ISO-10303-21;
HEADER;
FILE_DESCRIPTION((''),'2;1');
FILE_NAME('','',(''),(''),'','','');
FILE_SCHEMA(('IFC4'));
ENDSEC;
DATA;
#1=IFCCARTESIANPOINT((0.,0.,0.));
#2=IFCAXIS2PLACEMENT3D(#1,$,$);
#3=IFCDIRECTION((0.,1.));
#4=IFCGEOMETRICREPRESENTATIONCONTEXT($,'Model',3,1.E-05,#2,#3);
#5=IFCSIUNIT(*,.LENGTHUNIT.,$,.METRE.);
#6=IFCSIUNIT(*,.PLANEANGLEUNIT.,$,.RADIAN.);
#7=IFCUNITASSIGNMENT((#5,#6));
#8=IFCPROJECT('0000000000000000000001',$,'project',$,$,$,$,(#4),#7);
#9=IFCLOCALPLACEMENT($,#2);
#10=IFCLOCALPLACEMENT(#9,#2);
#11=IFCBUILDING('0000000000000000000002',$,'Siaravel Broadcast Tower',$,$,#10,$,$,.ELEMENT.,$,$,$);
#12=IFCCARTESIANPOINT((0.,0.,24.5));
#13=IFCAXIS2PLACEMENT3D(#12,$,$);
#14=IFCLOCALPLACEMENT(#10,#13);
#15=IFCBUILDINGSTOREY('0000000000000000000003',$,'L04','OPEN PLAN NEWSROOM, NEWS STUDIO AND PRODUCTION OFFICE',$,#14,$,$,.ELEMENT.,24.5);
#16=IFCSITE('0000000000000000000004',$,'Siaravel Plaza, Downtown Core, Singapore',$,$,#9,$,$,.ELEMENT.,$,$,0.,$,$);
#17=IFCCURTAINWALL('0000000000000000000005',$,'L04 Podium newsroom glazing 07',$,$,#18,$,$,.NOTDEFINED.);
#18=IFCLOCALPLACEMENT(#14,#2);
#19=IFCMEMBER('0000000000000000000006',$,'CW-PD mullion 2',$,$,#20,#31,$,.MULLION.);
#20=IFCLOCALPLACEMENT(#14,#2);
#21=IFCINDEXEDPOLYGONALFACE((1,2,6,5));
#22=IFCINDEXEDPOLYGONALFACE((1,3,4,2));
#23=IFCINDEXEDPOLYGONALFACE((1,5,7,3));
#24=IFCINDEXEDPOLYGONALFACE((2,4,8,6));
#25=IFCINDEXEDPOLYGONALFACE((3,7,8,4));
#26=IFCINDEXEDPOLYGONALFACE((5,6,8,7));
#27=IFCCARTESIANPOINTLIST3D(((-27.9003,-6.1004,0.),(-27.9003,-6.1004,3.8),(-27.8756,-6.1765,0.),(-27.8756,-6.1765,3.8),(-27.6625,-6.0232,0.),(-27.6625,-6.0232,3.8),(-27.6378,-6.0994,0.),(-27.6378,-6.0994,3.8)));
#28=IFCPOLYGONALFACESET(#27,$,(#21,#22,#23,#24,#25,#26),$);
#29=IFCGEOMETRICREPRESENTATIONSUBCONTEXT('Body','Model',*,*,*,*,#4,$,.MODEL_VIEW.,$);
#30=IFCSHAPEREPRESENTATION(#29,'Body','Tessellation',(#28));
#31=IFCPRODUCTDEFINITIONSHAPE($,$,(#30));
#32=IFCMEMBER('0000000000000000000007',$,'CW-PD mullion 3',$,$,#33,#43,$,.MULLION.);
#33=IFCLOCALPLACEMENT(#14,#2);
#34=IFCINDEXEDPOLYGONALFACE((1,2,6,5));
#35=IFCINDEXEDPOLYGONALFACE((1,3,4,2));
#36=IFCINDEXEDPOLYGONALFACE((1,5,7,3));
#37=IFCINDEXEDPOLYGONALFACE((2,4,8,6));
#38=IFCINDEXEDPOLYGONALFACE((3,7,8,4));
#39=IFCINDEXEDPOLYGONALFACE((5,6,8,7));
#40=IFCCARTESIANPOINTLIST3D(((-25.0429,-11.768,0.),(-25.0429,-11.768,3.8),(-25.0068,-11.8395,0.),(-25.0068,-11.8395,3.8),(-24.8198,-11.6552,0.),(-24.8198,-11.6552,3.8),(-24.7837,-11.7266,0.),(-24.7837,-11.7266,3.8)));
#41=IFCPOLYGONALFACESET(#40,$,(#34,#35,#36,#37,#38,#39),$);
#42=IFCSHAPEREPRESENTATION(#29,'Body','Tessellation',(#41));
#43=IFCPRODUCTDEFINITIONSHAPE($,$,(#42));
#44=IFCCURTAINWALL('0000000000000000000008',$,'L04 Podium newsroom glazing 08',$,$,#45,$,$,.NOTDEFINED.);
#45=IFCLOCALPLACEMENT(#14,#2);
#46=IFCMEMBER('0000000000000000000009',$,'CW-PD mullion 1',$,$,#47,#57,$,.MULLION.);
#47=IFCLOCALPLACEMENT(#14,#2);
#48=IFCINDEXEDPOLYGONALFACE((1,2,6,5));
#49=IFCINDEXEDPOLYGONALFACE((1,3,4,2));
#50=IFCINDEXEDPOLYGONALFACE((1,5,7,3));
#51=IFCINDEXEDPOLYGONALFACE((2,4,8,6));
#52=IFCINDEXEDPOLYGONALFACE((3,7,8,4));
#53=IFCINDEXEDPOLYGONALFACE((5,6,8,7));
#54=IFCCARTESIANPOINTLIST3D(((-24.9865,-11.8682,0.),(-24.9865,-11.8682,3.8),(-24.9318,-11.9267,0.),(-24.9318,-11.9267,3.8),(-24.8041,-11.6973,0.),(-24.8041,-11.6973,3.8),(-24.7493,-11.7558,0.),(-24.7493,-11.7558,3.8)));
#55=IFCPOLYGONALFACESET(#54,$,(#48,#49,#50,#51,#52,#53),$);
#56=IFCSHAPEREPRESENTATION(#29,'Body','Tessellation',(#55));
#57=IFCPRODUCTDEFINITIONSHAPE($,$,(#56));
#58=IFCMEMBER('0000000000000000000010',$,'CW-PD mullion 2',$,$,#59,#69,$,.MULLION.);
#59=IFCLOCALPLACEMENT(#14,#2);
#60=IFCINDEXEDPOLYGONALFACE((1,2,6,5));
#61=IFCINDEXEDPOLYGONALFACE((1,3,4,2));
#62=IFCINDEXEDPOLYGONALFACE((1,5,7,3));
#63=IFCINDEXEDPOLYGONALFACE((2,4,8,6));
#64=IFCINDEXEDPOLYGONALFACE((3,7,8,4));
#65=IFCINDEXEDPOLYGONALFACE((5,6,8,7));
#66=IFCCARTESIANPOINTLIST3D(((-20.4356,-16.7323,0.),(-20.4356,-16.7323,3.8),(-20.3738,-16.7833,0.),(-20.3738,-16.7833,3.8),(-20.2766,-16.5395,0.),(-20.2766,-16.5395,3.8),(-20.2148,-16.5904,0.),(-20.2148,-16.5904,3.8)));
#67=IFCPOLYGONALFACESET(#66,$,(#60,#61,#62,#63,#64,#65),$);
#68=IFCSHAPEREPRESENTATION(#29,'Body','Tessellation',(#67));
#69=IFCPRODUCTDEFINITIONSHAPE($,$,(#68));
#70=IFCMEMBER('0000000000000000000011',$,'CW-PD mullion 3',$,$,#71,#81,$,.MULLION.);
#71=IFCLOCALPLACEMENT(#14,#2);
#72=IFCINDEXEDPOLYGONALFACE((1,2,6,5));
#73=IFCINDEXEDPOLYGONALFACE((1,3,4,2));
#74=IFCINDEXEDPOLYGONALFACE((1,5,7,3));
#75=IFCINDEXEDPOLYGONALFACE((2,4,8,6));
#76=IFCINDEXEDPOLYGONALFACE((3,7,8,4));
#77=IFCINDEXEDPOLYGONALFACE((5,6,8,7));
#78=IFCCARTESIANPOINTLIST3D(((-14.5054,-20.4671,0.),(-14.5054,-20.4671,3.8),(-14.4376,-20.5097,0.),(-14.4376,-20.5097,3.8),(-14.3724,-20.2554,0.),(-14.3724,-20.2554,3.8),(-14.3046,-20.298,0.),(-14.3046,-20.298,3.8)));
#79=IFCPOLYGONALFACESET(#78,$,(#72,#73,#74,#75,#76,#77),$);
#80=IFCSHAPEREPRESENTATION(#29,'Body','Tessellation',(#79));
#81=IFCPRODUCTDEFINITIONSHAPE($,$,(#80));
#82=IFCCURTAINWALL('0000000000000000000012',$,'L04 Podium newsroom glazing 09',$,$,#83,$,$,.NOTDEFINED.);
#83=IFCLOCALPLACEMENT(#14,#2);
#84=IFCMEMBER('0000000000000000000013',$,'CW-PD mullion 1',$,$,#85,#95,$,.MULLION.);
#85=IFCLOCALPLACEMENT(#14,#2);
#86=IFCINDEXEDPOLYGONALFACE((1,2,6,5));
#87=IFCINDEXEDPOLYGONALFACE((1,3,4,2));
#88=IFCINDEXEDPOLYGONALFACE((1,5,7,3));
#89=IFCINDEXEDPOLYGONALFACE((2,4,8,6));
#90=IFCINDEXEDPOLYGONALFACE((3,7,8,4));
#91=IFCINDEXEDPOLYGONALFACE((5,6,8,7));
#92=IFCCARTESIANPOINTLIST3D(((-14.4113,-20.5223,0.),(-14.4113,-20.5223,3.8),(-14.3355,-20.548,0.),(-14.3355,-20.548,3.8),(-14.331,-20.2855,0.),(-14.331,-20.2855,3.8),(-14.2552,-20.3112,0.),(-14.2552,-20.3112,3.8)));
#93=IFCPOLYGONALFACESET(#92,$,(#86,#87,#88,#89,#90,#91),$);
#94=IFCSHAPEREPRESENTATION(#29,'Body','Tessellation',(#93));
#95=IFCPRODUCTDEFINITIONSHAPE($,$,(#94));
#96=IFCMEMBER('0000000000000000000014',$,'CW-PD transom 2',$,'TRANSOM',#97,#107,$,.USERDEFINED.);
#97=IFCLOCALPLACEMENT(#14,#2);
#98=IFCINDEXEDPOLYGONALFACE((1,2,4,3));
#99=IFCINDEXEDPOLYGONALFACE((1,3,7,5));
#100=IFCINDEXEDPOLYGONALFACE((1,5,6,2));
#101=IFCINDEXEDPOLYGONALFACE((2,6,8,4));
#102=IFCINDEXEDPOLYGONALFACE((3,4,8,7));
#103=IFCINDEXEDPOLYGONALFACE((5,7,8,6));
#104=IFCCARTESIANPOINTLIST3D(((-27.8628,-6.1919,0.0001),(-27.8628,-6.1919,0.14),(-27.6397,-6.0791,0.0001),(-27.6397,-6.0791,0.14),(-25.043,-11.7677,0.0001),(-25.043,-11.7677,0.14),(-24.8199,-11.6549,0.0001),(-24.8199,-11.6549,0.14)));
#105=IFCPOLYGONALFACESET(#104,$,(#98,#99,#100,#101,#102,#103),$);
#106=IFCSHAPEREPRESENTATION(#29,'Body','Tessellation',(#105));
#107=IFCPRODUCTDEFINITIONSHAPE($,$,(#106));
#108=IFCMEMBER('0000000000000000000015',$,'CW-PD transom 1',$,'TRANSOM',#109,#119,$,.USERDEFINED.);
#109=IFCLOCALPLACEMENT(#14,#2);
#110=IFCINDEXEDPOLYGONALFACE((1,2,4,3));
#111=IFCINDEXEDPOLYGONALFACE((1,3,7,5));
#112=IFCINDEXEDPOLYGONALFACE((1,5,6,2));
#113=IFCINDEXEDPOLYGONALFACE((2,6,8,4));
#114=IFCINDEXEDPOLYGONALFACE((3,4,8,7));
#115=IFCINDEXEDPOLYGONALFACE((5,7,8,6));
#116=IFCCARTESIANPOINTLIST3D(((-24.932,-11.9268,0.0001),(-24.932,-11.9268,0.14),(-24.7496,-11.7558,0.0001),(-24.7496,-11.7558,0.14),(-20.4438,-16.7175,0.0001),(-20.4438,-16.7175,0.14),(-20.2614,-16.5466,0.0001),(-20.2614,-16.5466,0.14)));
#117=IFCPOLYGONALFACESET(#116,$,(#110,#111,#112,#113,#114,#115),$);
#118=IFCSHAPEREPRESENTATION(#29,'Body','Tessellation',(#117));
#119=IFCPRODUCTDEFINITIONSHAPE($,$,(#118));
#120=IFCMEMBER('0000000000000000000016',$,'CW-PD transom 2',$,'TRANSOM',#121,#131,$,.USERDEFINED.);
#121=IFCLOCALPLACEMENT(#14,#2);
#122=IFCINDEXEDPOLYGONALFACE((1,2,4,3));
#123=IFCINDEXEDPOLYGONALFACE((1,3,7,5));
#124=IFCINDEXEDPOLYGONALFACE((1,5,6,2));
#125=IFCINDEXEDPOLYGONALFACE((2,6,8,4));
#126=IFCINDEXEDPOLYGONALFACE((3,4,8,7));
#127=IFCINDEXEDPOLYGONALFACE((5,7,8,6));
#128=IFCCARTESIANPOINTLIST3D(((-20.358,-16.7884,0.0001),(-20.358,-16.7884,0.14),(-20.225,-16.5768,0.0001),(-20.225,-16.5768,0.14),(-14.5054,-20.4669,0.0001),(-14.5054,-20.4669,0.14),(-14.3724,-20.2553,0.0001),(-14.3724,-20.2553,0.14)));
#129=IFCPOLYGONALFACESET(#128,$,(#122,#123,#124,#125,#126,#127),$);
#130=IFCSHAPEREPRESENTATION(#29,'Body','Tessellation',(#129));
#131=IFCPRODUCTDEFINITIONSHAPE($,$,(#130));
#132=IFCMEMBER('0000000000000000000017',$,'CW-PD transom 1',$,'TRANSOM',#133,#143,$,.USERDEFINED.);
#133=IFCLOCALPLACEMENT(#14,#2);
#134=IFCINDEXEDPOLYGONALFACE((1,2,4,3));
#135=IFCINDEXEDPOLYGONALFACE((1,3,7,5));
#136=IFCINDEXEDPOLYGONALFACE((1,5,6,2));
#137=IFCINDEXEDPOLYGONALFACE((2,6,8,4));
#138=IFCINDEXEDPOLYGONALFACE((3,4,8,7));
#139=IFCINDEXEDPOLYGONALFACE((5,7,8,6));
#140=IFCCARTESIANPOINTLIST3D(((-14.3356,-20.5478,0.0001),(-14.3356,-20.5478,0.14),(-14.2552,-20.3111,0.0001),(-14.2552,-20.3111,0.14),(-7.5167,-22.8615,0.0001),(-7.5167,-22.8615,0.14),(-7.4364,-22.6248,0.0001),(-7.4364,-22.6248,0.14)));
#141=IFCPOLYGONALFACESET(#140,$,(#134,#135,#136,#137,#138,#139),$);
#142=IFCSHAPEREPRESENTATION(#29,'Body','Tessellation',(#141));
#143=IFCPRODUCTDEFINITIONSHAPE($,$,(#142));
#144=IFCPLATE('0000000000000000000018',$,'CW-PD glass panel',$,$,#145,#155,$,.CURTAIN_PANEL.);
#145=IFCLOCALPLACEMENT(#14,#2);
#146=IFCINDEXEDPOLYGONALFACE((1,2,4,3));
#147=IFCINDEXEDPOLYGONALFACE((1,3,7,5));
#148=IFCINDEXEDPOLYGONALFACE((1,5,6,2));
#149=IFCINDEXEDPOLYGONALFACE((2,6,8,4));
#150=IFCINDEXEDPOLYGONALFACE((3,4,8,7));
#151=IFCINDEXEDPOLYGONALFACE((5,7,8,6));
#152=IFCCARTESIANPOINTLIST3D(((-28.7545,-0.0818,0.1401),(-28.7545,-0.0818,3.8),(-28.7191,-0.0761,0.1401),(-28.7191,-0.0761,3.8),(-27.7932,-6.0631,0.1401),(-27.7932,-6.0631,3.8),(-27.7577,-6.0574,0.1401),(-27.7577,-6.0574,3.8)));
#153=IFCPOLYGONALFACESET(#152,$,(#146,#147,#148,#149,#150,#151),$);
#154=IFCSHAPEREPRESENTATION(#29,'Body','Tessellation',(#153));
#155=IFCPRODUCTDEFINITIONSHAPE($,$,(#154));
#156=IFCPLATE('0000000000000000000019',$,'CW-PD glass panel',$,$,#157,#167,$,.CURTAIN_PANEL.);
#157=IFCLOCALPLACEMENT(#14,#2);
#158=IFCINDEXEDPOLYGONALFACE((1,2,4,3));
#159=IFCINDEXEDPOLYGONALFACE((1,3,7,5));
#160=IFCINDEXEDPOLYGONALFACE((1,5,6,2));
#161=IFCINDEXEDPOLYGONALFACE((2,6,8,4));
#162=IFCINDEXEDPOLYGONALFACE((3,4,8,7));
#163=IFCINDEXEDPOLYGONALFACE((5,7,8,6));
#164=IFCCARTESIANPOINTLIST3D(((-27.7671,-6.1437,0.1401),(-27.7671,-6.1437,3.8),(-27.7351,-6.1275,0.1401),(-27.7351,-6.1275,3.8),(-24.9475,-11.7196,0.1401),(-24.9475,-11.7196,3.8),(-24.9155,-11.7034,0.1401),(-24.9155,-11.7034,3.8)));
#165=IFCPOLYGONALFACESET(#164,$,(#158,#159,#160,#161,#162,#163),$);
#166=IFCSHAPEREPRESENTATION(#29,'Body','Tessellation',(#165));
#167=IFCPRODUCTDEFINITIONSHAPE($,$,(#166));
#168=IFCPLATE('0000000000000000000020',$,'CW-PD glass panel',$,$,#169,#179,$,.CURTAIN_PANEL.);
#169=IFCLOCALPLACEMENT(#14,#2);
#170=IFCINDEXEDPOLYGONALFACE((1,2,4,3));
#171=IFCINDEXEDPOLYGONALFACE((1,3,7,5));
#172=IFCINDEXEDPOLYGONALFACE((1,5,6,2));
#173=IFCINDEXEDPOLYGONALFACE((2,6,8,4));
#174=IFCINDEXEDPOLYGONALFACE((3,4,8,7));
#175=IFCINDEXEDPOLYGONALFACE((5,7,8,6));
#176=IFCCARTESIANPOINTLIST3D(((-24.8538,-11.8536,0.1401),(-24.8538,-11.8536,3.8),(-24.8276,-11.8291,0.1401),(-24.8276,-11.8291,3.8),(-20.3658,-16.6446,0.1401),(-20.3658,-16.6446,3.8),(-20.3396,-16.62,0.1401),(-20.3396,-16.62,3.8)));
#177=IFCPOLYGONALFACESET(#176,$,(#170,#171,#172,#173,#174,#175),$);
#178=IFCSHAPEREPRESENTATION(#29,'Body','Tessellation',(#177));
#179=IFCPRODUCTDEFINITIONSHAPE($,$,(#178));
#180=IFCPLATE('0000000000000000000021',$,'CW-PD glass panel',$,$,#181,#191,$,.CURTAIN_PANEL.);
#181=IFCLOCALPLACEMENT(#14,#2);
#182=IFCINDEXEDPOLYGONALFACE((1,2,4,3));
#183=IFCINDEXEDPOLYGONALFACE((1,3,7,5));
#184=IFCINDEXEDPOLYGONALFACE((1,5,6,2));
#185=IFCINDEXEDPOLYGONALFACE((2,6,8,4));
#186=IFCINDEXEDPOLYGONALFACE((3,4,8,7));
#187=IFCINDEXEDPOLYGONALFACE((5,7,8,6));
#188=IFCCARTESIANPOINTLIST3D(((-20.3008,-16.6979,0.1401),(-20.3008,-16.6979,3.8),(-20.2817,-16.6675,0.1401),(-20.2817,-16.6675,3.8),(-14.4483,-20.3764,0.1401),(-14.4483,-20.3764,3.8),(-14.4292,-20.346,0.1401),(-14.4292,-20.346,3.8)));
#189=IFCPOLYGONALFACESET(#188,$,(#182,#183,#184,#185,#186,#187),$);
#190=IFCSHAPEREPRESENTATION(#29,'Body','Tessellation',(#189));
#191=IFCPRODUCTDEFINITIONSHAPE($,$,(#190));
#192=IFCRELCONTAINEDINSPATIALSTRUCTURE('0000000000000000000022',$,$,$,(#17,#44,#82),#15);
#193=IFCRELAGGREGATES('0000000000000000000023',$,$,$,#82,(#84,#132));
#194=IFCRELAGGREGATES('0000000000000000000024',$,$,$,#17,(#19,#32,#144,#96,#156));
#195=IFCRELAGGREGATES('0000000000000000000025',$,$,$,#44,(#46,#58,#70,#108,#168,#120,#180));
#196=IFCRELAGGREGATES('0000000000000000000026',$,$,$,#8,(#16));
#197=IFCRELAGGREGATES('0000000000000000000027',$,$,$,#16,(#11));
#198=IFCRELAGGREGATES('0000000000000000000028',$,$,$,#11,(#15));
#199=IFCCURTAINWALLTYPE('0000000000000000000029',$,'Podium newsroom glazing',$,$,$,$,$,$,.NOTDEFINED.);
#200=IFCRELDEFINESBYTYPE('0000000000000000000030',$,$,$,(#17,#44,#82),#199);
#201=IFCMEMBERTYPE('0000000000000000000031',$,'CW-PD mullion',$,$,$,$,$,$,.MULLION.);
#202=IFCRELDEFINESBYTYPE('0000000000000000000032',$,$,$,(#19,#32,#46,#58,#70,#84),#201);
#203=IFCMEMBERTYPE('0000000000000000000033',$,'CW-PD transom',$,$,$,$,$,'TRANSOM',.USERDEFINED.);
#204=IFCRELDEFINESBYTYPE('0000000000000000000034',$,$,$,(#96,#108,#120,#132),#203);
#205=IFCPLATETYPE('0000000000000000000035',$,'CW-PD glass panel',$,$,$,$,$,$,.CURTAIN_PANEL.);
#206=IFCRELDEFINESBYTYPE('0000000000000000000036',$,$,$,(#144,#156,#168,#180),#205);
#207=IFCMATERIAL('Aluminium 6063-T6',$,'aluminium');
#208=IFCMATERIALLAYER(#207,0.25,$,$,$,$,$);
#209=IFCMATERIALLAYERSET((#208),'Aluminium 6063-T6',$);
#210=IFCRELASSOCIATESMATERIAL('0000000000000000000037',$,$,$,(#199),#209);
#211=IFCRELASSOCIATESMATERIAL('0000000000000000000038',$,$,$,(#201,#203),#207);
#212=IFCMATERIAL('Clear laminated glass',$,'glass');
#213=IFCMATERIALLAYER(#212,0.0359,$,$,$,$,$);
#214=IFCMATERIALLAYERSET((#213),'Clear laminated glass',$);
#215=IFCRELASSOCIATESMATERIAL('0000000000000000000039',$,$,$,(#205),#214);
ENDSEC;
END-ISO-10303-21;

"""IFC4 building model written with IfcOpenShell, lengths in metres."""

from ifc_helpers import new_model, si_unit, direction, frame, origin, origin_2d, place, context, subcontext, project, spatial, rectangle, extrude, material, layer, layer_set, material_profile, profile_set, type_object, element, aggregate, save


model = new_model("IFC4")

# Units and contexts
model_context = context("Model", 3, precision=1e-05, world=origin(), true_north=direction((0.0, 1.0)))
body_context = subcontext(model_context, "Body", "Model", "MODEL_VIEW")
ifc_project = project(units=[si_unit("LENGTHUNIT", "METRE"), si_unit("PLANEANGLEUNIT", "RADIAN")], contexts=[model_context])

# Site, building, storey
site_placement = place(None, origin())
site = spatial("IfcSite", under=ifc_project, at=site_placement, Name="Siaravel Plaza, Downtown Core, Singapore", CompositionType="ELEMENT", RefElevation=0.0)
building_placement = place(site_placement, origin())
building = spatial("IfcBuilding", under=site, at=building_placement, Name="Siaravel Broadcast Tower", CompositionType="ELEMENT")
storey_placement = place(building_placement, frame((0.0, 0.0, 24.5)))
storey = spatial("IfcBuildingStorey", under=building, at=storey_placement, Name="L04", Description="OPEN PLAN NEWSROOM, NEWS STUDIO AND PRODUCTION OFFICE", CompositionType="ELEMENT", Elevation=24.5)

# Curtain walls, members
ifc_material_1 = material(Name="Aluminium 6063-T6", Category="aluminium")
ifc_layer_1 = layer(ifc_material_1, 0.25)
ifc_layer_set_1 = layer_set([ifc_layer_1], Name="Aluminium 6063-T6")
curtain_wall_type = type_object("IfcCurtainWallType", Name="Podium newsroom glazing", PredefinedType="NOTDEFINED", material=ifc_layer_set_1)
curtain_wall_1_placement = place(storey_placement, origin())
curtain_wall_1 = element("IfcCurtainWall", 1, at=curtain_wall_1_placement, inside=storey, type_object=curtain_wall_type, Name="L04 Podium newsroom glazing 07", PredefinedType="NOTDEFINED")
ifc_material_profile_1 = material_profile(ifc_material_1, rectangle(XDim=0.25, YDim=0.0801, at=origin_2d()))
ifc_profile_set_1 = profile_set([ifc_material_profile_1], Name="Aluminium 6063-T6")
member_type_1 = type_object("IfcMemberType", Name="CW-PD mullion", PredefinedType="MULLION", material=ifc_profile_set_1)
member_1_placement = place(storey_placement, frame((-27.769, -6.0999, 0.0), z_axis=(0.0, 0.0, 1.0), x_axis=(0.951177, 0.308646, 0.0)))
member_1 = element("IfcMember", 2, at=member_1_placement, type_object=member_type_1, Name="CW-PD mullion 2", PredefinedType="MULLION", context=body_context, shape_type="SweptSolid", body=[
    extrude(rectangle(XDim=0.25, YDim=0.0801, at=origin_2d()), origin(), (0.0, 0.0, 1.0), 3.8),
])
member_2_placement = place(storey_placement, frame((-24.9133, -11.7473, 0.0), z_axis=(0.0, 0.0, 1.0), x_axis=(0.892392, 0.451262, 0.0)))
member_2 = element("IfcMember", 3, at=member_2_placement, type_object=member_type_1, Name="CW-PD mullion 3", PredefinedType="MULLION", context=body_context, shape_type="SweptSolid", body=[
    extrude(rectangle(XDim=0.25, YDim=0.0801, at=origin_2d()), origin(), (0.0, 0.0, 1.0), 3.8),
])
curtain_wall_2_placement = place(storey_placement, origin())
curtain_wall_2 = element("IfcCurtainWall", 4, at=curtain_wall_2_placement, inside=storey, type_object=curtain_wall_type, Name="L04 Podium newsroom glazing 08", PredefinedType="NOTDEFINED")
member_3_placement = place(storey_placement, frame((-24.8679, -11.812, 0.0), z_axis=(0.0, 0.0, 1.0), x_axis=(0.729804, 0.683656, 0.0)))
member_3 = element("IfcMember", 5, at=member_3_placement, type_object=member_type_1, Name="CW-PD mullion 1", PredefinedType="MULLION", context=body_context, shape_type="SweptSolid", body=[
    extrude(rectangle(XDim=0.25, YDim=0.0801, at=origin_2d()), origin(), (0.0, 0.0, 1.0), 3.8),
])
member_4_placement = place(storey_placement, frame((-20.3252, -16.6614, 0.0), z_axis=(0.0, 0.0, 1.0), x_axis=(0.636218, 0.771509, 0.0)))
member_4 = element("IfcMember", 6, at=member_4_placement, type_object=member_type_1, Name="CW-PD mullion 2", PredefinedType="MULLION", context=body_context, shape_type="SweptSolid", body=[
    extrude(rectangle(XDim=0.25, YDim=0.0801, at=origin_2d()), origin(), (0.0, 0.0, 1.0), 3.8),
])
member_5_placement = place(storey_placement, frame((-14.405, -20.3826, 0.0), z_axis=(0.0, 0.0, 1.0), x_axis=(0.532149, 0.846651, 0.0)))
member_5 = element("IfcMember", 7, at=member_5_placement, type_object=member_type_1, Name="CW-PD mullion 3", PredefinedType="MULLION", context=body_context, shape_type="SweptSolid", body=[
    extrude(rectangle(XDim=0.25, YDim=0.0801, at=origin_2d()), origin(), (0.0, 0.0, 1.0), 3.8),
])

# Curtain wall, member
curtain_wall_3_placement = place(storey_placement, origin())
curtain_wall_3 = element("IfcCurtainWall", 8, at=curtain_wall_3_placement, inside=storey, type_object=curtain_wall_type, Name="L04 Podium newsroom glazing 09", PredefinedType="NOTDEFINED")
member_6_placement = place(storey_placement, frame((-14.3333, -20.4167, 0.0), z_axis=(0.0, 0.0, 1.0), x_axis=(0.3213, 0.946977, 0.0)))
member_6 = element("IfcMember", 9, at=member_6_placement, type_object=member_type_1, Name="CW-PD mullion 1", PredefinedType="MULLION", context=body_context, shape_type="SweptSolid", body=[
    extrude(rectangle(XDim=0.25, YDim=0.0801, at=origin_2d()), origin(), (0.0, 0.0, 1.0), 3.8),
])

# Members
ifc_material_profile_2 = material_profile(ifc_material_1, rectangle(XDim=0.25, YDim=0.1399, at=origin_2d()))
ifc_profile_set_2 = profile_set([ifc_material_profile_2], Name="Aluminium 6063-T6")
member_type_2 = type_object("IfcMemberType", Name="CW-PD transom", ElementType="TRANSOM", PredefinedType="USERDEFINED", material=ifc_profile_set_2)
member_7_placement = place(storey_placement, frame((-27.7512, -6.1355, 0.0701), z_axis=(0.451288, -0.892378, 0.0), x_axis=(0.892378, 0.451288, 0.0)))
member_7 = element("IfcMember", 10, at=member_7_placement, type_object=member_type_2, Name="CW-PD transom 2", ObjectType="TRANSOM", PredefinedType="USERDEFINED", context=body_context, shape_type="SweptSolid", body=[
    extrude(rectangle(XDim=0.25, YDim=0.1399, at=origin_2d()), origin(), (0.0, 0.0, 1.0), 6.2483),
])
member_8_placement = place(storey_placement, frame((-24.8408, -11.8413, 0.0701), z_axis=(0.683692, -0.72977, 0.0), x_axis=(0.72977, 0.683692, 0.0)))
member_8 = element("IfcMember", 11, at=member_8_placement, type_object=member_type_2, Name="CW-PD transom 1", ObjectType="TRANSOM", PredefinedType="USERDEFINED", context=body_context, shape_type="SweptSolid", body=[
    extrude(rectangle(XDim=0.25, YDim=0.1399, at=origin_2d()), origin(), (0.0, 0.0, 1.0), 6.5647),
])
member_9_placement = place(storey_placement, frame((-20.2915, -16.6826, 0.0701), z_axis=(0.846654, -0.532143, 0.0), x_axis=(0.532143, 0.846654, 0.0)))
member_9 = element("IfcMember", 12, at=member_9_placement, type_object=member_type_2, Name="CW-PD transom 2", ObjectType="TRANSOM", PredefinedType="USERDEFINED", context=body_context, shape_type="SweptSolid", body=[
    extrude(rectangle(XDim=0.25, YDim=0.1399, at=origin_2d()), origin(), (0.0, 0.0, 1.0), 6.9126),
])
member_10_placement = place(storey_placement, frame((-14.2954, -20.4294, 0.0701), z_axis=(0.946971, -0.321319, 0.0), x_axis=(0.321319, 0.946971, 0.0)))
member_10 = element("IfcMember", 13, at=member_10_placement, type_object=member_type_2, Name="CW-PD transom 1", ObjectType="TRANSOM", PredefinedType="USERDEFINED", context=body_context, shape_type="SweptSolid", body=[
    extrude(rectangle(XDim=0.25, YDim=0.1399, at=origin_2d()), origin(), (0.0, 0.0, 1.0), 7.2007),
])
aggregate(curtain_wall_3, [member_6, member_10])

# Plates
ifc_material_2 = material(Name="Clear laminated glass", Category="glass")
ifc_layer_2 = layer(ifc_material_2, 0.0359)
ifc_layer_set_2 = layer_set([ifc_layer_2], Name="Clear laminated glass")
plate_type = type_object("IfcPlateType", Name="CW-PD glass panel", PredefinedType="CURTAIN_PANEL", material=ifc_layer_set_2)
plate_1_placement = place(storey_placement, frame((-28.2561, -3.0696, 0.1401), z_axis=(0.0, 0.0, 1.0), x_axis=(0.158686, -0.987329, 0.0)))
plate_1 = element("IfcPlate", 14, at=plate_1_placement, type_object=plate_type, Name="CW-PD glass panel", PredefinedType="CURTAIN_PANEL", context=body_context, shape_type="SweptSolid", body=[
    extrude(rectangle(XDim=6.0581, YDim=0.0359, at=origin_2d()), origin(), (0.0, 0.0, 1.0), 3.6599),
])
plate_2_placement = place(storey_placement, frame((-26.3413, -8.9236, 0.1401), z_axis=(0.0, 0.0, 1.0), x_axis=(0.451262, -0.892392, 0.0)))
plate_2 = element("IfcPlate", 15, at=plate_2_placement, type_object=plate_type, Name="CW-PD glass panel", PredefinedType="CURTAIN_PANEL", context=body_context, shape_type="SweptSolid", body=[
    extrude(rectangle(XDim=6.2483, YDim=0.0359, at=origin_2d()), origin(), (0.0, 0.0, 1.0), 3.6599),
])
aggregate(curtain_wall_1, [member_1, member_2, plate_1, member_7, plate_2])
plate_3_placement = place(storey_placement, frame((-22.5967, -14.2368, 0.1401), z_axis=(0.0, 0.0, 1.0), x_axis=(0.683656, -0.729804, 0.0)))
plate_3 = element("IfcPlate", 16, at=plate_3_placement, type_object=plate_type, Name="CW-PD glass panel", PredefinedType="CURTAIN_PANEL", context=body_context, shape_type="SweptSolid", body=[
    extrude(rectangle(XDim=6.5647, YDim=0.0359, at=origin_2d()), origin(), (0.0, 0.0, 1.0), 3.6599),
])
plate_4_placement = place(storey_placement, frame((-17.365, -18.522, 0.1401), z_axis=(0.0, 0.0, 1.0), x_axis=(0.846651, -0.532149, 0.0)))
plate_4 = element("IfcPlate", 17, at=plate_4_placement, type_object=plate_type, Name="CW-PD glass panel", PredefinedType="CURTAIN_PANEL", context=body_context, shape_type="SweptSolid", body=[
    extrude(rectangle(XDim=6.9126, YDim=0.0359, at=origin_2d()), origin(), (0.0, 0.0, 1.0), 3.6599),
])
aggregate(curtain_wall_2, [member_3, member_4, member_5, member_8, plate_3, member_9, plate_4])

save(model, "model.ifc")
